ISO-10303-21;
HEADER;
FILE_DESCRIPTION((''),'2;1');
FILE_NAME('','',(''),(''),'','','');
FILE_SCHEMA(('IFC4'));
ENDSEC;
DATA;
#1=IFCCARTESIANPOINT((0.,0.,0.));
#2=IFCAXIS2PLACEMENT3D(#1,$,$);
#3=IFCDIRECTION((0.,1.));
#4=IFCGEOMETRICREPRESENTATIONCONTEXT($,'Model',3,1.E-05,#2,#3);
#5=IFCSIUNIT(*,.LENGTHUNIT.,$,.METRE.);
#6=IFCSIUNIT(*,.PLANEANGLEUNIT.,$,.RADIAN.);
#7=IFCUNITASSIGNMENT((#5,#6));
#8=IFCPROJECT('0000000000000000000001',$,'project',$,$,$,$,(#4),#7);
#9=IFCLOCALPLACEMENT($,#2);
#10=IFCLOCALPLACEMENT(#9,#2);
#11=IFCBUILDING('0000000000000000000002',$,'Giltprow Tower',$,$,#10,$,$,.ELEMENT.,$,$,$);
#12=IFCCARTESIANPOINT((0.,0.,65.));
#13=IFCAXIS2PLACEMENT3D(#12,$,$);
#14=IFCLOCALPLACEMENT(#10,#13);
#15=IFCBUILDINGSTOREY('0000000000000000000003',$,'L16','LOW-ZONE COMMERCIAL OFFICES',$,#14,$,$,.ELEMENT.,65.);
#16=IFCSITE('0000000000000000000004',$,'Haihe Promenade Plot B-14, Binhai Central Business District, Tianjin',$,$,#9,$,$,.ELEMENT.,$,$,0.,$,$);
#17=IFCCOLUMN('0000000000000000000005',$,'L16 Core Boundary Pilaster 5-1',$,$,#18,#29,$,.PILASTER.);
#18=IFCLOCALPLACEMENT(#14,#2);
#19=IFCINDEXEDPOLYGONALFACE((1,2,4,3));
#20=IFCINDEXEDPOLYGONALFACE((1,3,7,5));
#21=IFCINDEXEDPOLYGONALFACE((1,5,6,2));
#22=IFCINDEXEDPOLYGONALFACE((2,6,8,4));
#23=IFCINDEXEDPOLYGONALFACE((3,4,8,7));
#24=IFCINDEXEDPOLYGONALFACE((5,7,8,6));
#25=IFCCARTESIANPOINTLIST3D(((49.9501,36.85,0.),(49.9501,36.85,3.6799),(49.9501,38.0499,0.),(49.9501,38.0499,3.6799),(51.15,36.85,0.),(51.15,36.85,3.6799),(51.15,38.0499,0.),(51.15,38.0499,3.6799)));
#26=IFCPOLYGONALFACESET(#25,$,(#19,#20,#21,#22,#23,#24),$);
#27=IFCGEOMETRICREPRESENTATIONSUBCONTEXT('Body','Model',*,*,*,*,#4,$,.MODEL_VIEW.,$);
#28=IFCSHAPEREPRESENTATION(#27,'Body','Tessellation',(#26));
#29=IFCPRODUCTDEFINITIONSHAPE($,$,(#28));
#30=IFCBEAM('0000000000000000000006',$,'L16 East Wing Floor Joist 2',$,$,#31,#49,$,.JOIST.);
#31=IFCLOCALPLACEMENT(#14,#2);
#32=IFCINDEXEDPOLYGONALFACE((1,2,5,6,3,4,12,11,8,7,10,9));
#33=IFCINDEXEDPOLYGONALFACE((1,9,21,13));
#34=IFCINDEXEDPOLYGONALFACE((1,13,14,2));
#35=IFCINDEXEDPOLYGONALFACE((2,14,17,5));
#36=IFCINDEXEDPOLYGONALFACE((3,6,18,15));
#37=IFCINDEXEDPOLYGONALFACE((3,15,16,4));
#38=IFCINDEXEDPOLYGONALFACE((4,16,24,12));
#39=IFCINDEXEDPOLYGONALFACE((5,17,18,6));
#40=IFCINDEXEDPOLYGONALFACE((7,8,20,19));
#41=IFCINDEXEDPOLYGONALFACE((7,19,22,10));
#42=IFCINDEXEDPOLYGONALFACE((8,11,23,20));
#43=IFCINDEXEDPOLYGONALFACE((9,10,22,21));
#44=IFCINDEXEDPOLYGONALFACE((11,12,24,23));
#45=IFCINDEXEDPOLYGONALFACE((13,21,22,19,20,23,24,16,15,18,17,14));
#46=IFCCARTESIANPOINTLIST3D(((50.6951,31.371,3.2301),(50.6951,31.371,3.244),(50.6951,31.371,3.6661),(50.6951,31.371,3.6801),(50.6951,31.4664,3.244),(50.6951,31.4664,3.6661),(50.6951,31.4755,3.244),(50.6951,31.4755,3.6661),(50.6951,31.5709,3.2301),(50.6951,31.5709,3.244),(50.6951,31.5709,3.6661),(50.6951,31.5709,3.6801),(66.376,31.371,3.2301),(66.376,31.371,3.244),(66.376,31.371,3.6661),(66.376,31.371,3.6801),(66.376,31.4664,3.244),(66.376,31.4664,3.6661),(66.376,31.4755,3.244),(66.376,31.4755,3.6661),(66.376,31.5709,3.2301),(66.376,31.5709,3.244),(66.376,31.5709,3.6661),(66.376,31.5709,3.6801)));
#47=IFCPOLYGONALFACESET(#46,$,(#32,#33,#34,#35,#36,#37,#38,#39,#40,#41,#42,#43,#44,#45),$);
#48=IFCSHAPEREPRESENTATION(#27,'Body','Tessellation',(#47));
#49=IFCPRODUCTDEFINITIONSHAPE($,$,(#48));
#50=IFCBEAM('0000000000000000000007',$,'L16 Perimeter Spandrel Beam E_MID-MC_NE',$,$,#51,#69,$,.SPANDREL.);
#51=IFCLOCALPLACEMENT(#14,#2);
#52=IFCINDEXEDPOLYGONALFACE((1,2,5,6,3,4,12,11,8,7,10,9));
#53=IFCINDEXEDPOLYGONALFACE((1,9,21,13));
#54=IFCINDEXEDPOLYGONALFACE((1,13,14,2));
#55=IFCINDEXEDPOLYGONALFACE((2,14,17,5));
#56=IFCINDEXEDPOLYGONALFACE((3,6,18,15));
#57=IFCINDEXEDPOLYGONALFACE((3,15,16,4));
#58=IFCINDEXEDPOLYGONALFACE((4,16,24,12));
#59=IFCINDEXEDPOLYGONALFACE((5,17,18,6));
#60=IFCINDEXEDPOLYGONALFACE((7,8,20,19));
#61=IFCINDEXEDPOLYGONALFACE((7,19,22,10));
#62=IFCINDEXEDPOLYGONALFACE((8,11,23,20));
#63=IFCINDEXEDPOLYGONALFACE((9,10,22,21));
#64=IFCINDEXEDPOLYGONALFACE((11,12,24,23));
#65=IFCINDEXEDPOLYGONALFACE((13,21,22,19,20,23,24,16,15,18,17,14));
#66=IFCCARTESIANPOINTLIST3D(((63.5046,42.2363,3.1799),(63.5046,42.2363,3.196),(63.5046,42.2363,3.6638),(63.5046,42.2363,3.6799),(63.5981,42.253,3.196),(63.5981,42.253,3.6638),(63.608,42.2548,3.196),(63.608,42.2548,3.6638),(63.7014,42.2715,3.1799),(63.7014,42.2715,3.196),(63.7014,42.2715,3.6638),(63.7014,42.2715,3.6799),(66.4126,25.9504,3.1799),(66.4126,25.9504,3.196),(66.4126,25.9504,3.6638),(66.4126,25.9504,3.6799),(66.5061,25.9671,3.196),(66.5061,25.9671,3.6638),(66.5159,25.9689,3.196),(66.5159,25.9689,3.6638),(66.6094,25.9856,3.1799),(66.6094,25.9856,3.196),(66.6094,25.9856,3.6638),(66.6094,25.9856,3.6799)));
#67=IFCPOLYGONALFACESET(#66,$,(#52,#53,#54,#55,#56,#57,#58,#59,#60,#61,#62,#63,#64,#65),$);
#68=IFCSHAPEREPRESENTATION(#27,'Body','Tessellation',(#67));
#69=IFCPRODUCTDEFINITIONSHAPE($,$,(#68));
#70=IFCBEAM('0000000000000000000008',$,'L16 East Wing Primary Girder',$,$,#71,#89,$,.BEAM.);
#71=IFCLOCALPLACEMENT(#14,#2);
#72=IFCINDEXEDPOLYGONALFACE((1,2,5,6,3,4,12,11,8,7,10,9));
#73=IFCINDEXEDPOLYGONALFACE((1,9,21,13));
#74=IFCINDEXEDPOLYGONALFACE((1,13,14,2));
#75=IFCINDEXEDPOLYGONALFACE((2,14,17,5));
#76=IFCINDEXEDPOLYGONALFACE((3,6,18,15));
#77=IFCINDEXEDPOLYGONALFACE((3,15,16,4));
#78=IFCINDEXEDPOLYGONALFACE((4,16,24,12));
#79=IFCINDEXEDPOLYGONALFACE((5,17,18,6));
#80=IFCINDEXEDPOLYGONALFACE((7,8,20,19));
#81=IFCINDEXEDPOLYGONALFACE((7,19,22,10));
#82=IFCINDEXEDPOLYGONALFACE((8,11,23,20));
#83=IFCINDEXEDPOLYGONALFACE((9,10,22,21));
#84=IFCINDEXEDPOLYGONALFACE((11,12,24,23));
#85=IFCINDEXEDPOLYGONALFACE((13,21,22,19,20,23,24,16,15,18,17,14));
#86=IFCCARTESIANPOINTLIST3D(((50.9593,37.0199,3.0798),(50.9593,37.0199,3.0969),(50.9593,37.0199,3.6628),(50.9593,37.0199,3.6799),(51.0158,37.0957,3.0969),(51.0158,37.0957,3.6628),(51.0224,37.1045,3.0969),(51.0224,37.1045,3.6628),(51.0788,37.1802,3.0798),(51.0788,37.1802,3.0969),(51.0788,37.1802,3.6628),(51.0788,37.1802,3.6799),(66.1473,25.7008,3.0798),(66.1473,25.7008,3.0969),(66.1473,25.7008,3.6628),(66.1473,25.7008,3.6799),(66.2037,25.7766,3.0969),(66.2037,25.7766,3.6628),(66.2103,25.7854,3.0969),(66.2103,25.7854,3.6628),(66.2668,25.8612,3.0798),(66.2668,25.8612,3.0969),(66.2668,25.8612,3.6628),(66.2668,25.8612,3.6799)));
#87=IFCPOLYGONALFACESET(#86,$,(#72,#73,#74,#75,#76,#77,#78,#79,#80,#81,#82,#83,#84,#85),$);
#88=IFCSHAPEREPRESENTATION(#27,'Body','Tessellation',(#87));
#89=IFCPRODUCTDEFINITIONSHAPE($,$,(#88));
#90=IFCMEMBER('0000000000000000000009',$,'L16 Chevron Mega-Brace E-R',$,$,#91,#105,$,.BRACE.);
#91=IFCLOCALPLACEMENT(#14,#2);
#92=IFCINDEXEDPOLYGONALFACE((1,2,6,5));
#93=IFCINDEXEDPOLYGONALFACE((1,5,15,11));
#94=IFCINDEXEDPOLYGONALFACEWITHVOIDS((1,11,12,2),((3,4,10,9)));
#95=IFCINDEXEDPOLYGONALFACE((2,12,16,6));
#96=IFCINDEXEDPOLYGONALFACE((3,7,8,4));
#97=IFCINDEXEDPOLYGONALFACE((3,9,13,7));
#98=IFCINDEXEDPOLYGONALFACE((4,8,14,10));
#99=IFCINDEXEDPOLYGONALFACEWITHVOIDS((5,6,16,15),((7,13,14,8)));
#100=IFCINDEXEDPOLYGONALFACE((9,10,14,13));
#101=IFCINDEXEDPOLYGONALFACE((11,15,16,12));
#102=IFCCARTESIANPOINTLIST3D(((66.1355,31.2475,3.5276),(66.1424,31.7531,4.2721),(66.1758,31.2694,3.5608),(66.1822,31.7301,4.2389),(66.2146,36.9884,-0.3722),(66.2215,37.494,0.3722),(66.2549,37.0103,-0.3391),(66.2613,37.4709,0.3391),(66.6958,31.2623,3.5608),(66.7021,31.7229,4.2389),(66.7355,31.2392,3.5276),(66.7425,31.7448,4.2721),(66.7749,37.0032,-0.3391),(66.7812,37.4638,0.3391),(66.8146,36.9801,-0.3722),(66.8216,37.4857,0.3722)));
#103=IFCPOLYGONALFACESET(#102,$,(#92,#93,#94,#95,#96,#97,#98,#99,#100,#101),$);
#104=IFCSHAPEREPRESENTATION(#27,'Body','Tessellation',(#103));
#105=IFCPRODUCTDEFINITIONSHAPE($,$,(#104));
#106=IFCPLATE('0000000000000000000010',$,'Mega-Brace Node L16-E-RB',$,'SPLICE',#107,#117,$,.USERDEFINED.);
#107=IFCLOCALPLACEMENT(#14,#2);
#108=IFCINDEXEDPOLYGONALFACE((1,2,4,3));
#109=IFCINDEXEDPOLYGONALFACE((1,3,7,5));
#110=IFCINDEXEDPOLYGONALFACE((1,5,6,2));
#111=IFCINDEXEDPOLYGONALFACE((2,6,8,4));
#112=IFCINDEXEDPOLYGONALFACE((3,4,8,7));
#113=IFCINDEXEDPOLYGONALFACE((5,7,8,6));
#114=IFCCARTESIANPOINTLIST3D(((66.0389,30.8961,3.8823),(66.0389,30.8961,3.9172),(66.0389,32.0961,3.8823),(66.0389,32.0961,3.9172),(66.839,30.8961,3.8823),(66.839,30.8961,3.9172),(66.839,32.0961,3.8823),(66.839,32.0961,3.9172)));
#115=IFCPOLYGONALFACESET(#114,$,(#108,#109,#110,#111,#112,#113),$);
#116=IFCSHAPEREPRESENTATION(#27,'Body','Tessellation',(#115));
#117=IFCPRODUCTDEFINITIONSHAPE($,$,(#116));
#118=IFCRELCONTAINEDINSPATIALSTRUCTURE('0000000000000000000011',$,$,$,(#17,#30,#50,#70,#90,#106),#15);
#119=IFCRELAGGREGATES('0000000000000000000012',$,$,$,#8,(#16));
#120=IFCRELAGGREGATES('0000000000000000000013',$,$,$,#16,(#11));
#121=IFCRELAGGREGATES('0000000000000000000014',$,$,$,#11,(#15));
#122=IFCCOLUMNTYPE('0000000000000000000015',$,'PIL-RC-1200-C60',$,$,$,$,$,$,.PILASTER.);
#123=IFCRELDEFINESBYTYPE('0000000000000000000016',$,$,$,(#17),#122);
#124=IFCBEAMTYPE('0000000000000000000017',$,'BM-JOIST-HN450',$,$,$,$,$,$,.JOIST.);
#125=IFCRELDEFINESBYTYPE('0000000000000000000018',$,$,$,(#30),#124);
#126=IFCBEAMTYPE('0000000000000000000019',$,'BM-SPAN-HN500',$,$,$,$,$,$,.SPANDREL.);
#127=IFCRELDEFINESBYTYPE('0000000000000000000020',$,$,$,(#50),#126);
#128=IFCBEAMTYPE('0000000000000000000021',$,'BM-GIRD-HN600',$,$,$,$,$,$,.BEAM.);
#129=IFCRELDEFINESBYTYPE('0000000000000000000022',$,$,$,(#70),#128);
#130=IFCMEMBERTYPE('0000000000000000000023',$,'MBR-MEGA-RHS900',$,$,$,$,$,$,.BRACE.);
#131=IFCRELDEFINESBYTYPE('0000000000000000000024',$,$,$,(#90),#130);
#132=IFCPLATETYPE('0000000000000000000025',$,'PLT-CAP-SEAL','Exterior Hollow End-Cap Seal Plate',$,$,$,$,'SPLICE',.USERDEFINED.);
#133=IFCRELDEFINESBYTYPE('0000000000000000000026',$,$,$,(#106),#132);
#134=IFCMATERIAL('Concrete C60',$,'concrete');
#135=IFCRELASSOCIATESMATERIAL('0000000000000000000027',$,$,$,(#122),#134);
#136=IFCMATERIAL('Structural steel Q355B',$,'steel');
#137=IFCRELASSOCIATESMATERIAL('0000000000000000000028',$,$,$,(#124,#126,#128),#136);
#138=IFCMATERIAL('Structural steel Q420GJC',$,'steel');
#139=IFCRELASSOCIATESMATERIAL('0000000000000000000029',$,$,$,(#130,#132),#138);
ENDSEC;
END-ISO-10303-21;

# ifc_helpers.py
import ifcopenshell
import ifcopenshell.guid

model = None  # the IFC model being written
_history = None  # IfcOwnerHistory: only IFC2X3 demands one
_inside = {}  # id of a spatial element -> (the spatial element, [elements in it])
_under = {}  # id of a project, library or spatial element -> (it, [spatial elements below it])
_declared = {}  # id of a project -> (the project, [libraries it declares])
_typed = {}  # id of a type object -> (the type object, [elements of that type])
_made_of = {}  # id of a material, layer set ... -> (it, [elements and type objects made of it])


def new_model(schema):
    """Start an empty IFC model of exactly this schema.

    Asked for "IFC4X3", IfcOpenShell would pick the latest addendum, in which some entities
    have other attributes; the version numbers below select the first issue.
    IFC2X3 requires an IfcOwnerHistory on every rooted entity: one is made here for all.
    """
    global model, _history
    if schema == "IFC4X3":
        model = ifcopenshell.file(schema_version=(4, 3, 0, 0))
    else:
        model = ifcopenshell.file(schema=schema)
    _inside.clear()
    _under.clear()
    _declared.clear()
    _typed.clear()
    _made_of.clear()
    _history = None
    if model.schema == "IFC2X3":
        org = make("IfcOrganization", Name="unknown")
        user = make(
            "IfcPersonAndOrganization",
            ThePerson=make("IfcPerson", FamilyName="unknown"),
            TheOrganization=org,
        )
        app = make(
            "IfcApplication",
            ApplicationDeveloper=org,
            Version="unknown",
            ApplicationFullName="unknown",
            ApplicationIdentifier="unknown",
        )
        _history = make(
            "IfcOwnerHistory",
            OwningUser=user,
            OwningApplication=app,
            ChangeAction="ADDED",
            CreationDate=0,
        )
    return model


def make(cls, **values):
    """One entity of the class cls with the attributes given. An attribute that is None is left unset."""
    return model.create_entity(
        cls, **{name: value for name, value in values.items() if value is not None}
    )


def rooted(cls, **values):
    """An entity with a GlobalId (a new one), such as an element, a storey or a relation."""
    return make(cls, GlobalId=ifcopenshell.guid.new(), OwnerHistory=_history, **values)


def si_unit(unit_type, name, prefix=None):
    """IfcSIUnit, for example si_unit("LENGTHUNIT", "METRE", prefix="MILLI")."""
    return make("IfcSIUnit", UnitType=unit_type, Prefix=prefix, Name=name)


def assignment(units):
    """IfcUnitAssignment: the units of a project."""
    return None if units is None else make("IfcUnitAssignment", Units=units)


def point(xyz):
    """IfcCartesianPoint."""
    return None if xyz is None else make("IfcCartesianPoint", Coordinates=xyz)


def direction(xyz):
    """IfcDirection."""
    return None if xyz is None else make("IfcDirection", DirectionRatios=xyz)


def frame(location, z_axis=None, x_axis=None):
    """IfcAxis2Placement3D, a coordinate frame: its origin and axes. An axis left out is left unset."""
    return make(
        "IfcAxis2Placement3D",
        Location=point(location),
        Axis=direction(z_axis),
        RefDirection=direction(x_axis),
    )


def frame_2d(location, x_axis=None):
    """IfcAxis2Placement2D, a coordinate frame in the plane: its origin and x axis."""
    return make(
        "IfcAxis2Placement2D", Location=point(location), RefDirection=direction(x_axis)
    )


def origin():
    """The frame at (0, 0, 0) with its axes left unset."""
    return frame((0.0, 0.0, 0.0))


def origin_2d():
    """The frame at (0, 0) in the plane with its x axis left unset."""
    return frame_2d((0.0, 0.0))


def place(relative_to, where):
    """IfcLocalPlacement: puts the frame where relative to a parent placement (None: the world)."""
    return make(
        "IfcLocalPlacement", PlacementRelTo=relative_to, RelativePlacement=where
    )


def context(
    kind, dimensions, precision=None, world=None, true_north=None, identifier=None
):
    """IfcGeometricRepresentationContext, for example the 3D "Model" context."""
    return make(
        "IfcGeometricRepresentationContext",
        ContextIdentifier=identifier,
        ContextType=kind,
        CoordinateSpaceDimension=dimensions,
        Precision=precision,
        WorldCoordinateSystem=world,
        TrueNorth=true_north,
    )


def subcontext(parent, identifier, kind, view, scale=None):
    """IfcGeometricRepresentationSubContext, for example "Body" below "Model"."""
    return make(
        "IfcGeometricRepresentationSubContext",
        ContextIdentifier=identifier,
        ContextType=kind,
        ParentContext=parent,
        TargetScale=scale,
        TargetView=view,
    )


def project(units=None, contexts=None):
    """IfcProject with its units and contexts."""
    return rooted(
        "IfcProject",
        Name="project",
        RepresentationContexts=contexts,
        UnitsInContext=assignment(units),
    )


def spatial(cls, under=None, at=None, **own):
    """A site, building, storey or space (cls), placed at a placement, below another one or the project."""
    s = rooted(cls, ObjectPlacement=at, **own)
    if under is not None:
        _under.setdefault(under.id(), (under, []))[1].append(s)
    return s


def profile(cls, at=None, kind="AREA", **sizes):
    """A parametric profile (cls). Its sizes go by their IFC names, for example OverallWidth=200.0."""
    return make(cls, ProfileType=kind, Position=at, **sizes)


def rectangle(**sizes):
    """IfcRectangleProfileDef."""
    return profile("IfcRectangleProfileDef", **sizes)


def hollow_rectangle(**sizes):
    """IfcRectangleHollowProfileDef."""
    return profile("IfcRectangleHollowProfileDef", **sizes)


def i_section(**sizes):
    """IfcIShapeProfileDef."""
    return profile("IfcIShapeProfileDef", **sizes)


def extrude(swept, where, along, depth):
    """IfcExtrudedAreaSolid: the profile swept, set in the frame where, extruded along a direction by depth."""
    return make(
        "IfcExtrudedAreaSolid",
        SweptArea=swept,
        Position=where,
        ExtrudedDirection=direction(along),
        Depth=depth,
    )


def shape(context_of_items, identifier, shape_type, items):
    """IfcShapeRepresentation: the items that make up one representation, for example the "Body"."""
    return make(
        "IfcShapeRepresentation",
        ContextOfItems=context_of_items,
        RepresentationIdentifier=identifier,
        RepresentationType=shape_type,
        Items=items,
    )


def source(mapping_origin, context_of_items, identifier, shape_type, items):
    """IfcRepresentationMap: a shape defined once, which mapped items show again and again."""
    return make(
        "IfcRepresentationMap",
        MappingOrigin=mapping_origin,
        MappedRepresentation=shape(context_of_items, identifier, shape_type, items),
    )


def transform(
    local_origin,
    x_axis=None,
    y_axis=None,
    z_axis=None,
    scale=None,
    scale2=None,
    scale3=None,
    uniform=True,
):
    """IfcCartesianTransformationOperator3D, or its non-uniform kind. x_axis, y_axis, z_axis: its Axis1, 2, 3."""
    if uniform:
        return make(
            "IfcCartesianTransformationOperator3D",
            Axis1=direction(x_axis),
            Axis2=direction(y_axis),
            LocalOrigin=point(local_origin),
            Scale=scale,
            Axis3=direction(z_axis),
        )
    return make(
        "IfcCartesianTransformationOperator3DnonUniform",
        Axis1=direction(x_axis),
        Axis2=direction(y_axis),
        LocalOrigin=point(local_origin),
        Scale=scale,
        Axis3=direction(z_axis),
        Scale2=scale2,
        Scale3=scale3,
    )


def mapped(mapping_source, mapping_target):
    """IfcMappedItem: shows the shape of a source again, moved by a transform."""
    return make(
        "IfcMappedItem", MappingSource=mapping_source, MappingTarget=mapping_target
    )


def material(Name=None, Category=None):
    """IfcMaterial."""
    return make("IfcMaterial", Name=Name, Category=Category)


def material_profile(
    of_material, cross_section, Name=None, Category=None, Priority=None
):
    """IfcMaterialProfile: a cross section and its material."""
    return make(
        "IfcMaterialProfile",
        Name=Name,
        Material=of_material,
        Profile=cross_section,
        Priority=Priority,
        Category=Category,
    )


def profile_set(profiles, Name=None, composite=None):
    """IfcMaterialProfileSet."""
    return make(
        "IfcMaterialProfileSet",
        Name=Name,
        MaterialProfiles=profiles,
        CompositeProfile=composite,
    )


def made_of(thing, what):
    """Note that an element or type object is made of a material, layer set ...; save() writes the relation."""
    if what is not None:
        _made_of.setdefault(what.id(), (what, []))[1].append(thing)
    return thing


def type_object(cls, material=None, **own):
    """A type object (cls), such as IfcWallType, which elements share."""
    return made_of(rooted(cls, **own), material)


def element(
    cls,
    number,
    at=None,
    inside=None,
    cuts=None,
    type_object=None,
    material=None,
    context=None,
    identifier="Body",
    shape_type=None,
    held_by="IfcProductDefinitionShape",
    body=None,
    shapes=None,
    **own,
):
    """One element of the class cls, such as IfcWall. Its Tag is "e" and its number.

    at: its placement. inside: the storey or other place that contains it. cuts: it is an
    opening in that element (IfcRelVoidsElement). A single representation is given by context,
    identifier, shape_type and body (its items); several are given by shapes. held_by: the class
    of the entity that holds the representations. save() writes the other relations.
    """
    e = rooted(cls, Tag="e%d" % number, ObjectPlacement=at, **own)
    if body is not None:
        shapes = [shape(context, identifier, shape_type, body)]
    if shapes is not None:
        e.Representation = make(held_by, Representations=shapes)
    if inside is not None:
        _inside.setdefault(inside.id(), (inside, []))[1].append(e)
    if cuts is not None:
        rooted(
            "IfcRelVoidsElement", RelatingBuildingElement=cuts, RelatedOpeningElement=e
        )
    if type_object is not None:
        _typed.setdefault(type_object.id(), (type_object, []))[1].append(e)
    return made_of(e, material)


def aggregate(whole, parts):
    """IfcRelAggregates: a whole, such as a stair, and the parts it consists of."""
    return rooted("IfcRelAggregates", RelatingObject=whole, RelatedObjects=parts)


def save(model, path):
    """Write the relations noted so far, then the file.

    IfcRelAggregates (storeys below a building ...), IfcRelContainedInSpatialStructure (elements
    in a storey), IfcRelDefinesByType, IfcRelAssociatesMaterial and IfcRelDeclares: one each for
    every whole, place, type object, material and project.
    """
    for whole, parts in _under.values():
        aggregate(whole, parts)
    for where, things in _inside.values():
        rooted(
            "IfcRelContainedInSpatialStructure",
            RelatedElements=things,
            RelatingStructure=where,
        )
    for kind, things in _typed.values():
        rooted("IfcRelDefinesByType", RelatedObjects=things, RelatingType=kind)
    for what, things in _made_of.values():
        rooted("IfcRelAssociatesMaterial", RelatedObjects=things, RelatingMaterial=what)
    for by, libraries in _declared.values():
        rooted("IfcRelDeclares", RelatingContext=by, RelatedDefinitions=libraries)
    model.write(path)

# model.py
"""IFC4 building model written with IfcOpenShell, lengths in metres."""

from ifc_helpers import new_model, si_unit, direction, frame, origin, origin_2d, place, context, subcontext, project, spatial, rectangle, hollow_rectangle, i_section, extrude, source, transform, mapped, material, material_profile, profile_set, type_object, element, save


model = new_model("IFC4")

# Units and contexts
model_context = context("Model", 3, precision=1e-05, world=origin(), true_north=direction((0.0, 1.0)))
body_context = subcontext(model_context, "Body", "Model", "MODEL_VIEW")
ifc_project = project(units=[si_unit("LENGTHUNIT", "METRE"), si_unit("PLANEANGLEUNIT", "RADIAN")], contexts=[model_context])

# Site, building, storey
site_placement = place(None, origin())
site = spatial("IfcSite", under=ifc_project, at=site_placement, Name="Haihe Promenade Plot B-14, Binhai Central Business District, Tianjin", CompositionType="ELEMENT", RefElevation=0.0)
building_placement = place(site_placement, origin())
building = spatial("IfcBuilding", under=site, at=building_placement, Name="Giltprow Tower", CompositionType="ELEMENT")
storey_placement = place(building_placement, frame((0.0, 0.0, 65.0)))
storey = spatial("IfcBuildingStorey", under=building, at=storey_placement, Name="L16", Description="LOW-ZONE COMMERCIAL OFFICES", CompositionType="ELEMENT", Elevation=65.0)

# Column
ifc_material_1 = material(Name="Concrete C60", Category="concrete")
ifc_material_profile_1 = material_profile(ifc_material_1, rectangle(XDim=1.2, YDim=1.2, at=origin_2d()), Name="RC 1200x1200")
ifc_profile_set_1 = profile_set([ifc_material_profile_1], Name="Concrete C60")
column_type = type_object("IfcColumnType", Name="PIL-RC-1200-C60", PredefinedType="PILASTER", material=ifc_profile_set_1)
shared_shape_1 = source(origin(), body_context, "Body", "SweptSolid", [
    extrude(rectangle(XDim=1.2, YDim=1.2, at=origin_2d()), origin(), (0.0, 0.0, 1.0), 3.6799),
])
column_placement = place(storey_placement, frame((50.55, 37.45, 0.0), z_axis=(0.0, 0.0, 1.0), x_axis=(1.0, 0.0, 0.0)))
element("IfcColumn", 1, at=column_placement, inside=storey, type_object=column_type, Name="L16 Core Boundary Pilaster 5-1", PredefinedType="PILASTER", context=body_context, shape_type="MappedRepresentation", body=[
    mapped(shared_shape_1, transform((0.0, 0.0, 0.0), x_axis=(1.0, 0.0, 0.0), y_axis=(0.0, 1.0, 0.0), z_axis=(0.0, 0.0, 1.0), scale=1.0)),
])

# Beams
ifc_material_2 = material(Name="Structural steel Q355B", Category="steel")
ifc_material_profile_2 = material_profile(ifc_material_2, i_section(OverallWidth=0.2, OverallDepth=0.45, WebThickness=0.009, FlangeThickness=0.0139, at=origin_2d()), Name="HN 450x200x9x14")
ifc_profile_set_2 = profile_set([ifc_material_profile_2], Name="Structural steel Q355B")
beam_type_1 = type_object("IfcBeamType", Name="BM-JOIST-HN450", PredefinedType="JOIST", material=ifc_profile_set_2)
shared_shape_2 = source(origin(), body_context, "Body", "SweptSolid", [
    extrude(i_section(OverallWidth=0.2, OverallDepth=0.45, WebThickness=0.009, FlangeThickness=0.0139, at=origin_2d()), origin(), (0.0, 0.0, 1.0), 15.6809),
])
beam_1_placement = place(storey_placement, frame((50.6951, 31.4709, 3.4551), z_axis=(1.0, 0.0, 0.0), x_axis=(0.0, 1.0, 0.0)))
element("IfcBeam", 2, at=beam_1_placement, inside=storey, type_object=beam_type_1, Name="L16 East Wing Floor Joist 2", PredefinedType="JOIST", context=body_context, shape_type="MappedRepresentation", body=[
    mapped(shared_shape_2, transform((0.0, 0.0, 0.0), x_axis=(1.0, 0.0, 0.0), y_axis=(0.0, 1.0, 0.0), z_axis=(0.0, 0.0, 1.0), scale=1.0)),
])
ifc_material_profile_3 = material_profile(ifc_material_2, i_section(OverallWidth=0.2, OverallDepth=0.5, WebThickness=0.01, FlangeThickness=0.0161, at=origin_2d()), Name="HN 500x200x10x16")
ifc_profile_set_3 = profile_set([ifc_material_profile_3], Name="Structural steel Q355B")
beam_type_2 = type_object("IfcBeamType", Name="BM-SPAN-HN500", PredefinedType="SPANDREL", material=ifc_profile_set_3)
shared_shape_3 = source(origin(), body_context, "Body", "SweptSolid", [
    extrude(i_section(OverallWidth=0.2, OverallDepth=0.5, WebThickness=0.01, FlangeThickness=0.0161, at=origin_2d()), origin(), (0.0, 0.0, 1.0), 16.5435),
])
beam_2_placement = place(storey_placement, frame((66.511, 25.968, 3.4299), z_axis=(-0.175777, 0.98443, 0.0), x_axis=(-0.98443, -0.175777, 0.0)))
element("IfcBeam", 3, at=beam_2_placement, inside=storey, type_object=beam_type_2, Name="L16 Perimeter Spandrel Beam E_MID-MC_NE", PredefinedType="SPANDREL", context=body_context, shape_type="MappedRepresentation", body=[
    mapped(shared_shape_3, transform((0.0, 0.0, 0.0), x_axis=(1.0, 0.0, 0.0), y_axis=(0.0, 1.0, 0.0), z_axis=(0.0, 0.0, 1.0), scale=1.0)),
])
ifc_material_profile_4 = material_profile(ifc_material_2, i_section(OverallWidth=0.2, OverallDepth=0.6001, WebThickness=0.011, FlangeThickness=0.0171, at=origin_2d()), Name="HN 600x200x11x17")
ifc_profile_set_4 = profile_set([ifc_material_profile_4], Name="Structural steel Q355B")
beam_type_3 = type_object("IfcBeamType", Name="BM-GIRD-HN600", PredefinedType="BEAM", material=ifc_profile_set_4)
shared_shape_4 = source(origin(), body_context, "Body", "SweptSolid", [
    extrude(i_section(OverallWidth=0.2, OverallDepth=0.6001, WebThickness=0.011, FlangeThickness=0.0171, at=origin_2d()), origin(), (0.0, 0.0, 1.0), 18.9419),
])
beam_3_placement = place(storey_placement, frame((66.207, 25.781, 3.3799), z_axis=(-0.801818, 0.597568, 0.0), x_axis=(-0.597568, -0.801818, 0.0)))
element("IfcBeam", 4, at=beam_3_placement, inside=storey, type_object=beam_type_3, Name="L16 East Wing Primary Girder", PredefinedType="BEAM", context=body_context, shape_type="MappedRepresentation", body=[
    mapped(shared_shape_4, transform((0.0, 0.0, 0.0), x_axis=(1.0, 0.0, 0.0), y_axis=(0.0, 1.0, 0.0), z_axis=(0.0, 0.0, 1.0), scale=1.0)),
])

# Member
ifc_material_3 = material(Name="Structural steel Q420GJC", Category="steel")
ifc_material_profile_5 = material_profile(ifc_material_3, hollow_rectangle(XDim=0.6001, YDim=0.8999, WallThickness=0.04, at=origin_2d()), Name="RHS 900x600x40")
ifc_profile_set_5 = profile_set([ifc_material_profile_5], Name="Structural steel Q420GJC")
member_type = type_object("IfcMemberType", Name="MBR-MEGA-RHS900", PredefinedType="BRACE", material=ifc_profile_set_5)
shared_shape_5 = source(origin(), body_context, "Body", "SweptSolid", [
    extrude(hollow_rectangle(XDim=0.6001, YDim=0.8999, WallThickness=0.04, at=origin_2d()), origin(), (0.0, 0.0, 1.0), 6.9407),
])
member_placement = place(storey_placement, frame((66.5181, 37.2371, 0.0), z_axis=(-0.011397, -0.827138, 0.561884), x_axis=(0.999905, -0.013777, 0.0)))
element("IfcMember", 5, at=member_placement, inside=storey, type_object=member_type, Name="L16 Chevron Mega-Brace E-R", PredefinedType="BRACE", context=body_context, shape_type="MappedRepresentation", body=[
    mapped(shared_shape_5, transform((0.0, 0.0, 0.0), x_axis=(1.0, 0.0, 0.0), y_axis=(0.0, 1.0, 0.0), z_axis=(0.0, 0.0, 1.0), scale=1.0)),
])

# Plate
plate_type = type_object("IfcPlateType", Name="PLT-CAP-SEAL", Description="Exterior Hollow End-Cap Seal Plate", ElementType="SPLICE", PredefinedType="USERDEFINED", material=ifc_material_3)
shared_shape_6 = source(origin(), body_context, "Body", "SweptSolid", [
    extrude(rectangle(XDim=1.2, YDim=0.8, at=origin_2d()), origin(), (0.0, 0.0, 1.0), 0.0349),
])
plate_placement = place(storey_placement, frame((66.439, 31.4961, 3.8823), z_axis=(0.0, 0.0, 1.0), x_axis=(0.0, 1.0, 0.0)))
element("IfcPlate", 6, at=plate_placement, inside=storey, type_object=plate_type, Name="Mega-Brace Node L16-E-RB", ObjectType="SPLICE", PredefinedType="USERDEFINED", context=body_context, shape_type="MappedRepresentation", body=[
    mapped(shared_shape_6, transform((0.0, 0.0, 0.0), x_axis=(1.0, 0.0, 0.0), y_axis=(0.0, 1.0, 0.0), z_axis=(0.0, 0.0, 1.0), scale=1.0)),
])

save(model, "model.ifc")
